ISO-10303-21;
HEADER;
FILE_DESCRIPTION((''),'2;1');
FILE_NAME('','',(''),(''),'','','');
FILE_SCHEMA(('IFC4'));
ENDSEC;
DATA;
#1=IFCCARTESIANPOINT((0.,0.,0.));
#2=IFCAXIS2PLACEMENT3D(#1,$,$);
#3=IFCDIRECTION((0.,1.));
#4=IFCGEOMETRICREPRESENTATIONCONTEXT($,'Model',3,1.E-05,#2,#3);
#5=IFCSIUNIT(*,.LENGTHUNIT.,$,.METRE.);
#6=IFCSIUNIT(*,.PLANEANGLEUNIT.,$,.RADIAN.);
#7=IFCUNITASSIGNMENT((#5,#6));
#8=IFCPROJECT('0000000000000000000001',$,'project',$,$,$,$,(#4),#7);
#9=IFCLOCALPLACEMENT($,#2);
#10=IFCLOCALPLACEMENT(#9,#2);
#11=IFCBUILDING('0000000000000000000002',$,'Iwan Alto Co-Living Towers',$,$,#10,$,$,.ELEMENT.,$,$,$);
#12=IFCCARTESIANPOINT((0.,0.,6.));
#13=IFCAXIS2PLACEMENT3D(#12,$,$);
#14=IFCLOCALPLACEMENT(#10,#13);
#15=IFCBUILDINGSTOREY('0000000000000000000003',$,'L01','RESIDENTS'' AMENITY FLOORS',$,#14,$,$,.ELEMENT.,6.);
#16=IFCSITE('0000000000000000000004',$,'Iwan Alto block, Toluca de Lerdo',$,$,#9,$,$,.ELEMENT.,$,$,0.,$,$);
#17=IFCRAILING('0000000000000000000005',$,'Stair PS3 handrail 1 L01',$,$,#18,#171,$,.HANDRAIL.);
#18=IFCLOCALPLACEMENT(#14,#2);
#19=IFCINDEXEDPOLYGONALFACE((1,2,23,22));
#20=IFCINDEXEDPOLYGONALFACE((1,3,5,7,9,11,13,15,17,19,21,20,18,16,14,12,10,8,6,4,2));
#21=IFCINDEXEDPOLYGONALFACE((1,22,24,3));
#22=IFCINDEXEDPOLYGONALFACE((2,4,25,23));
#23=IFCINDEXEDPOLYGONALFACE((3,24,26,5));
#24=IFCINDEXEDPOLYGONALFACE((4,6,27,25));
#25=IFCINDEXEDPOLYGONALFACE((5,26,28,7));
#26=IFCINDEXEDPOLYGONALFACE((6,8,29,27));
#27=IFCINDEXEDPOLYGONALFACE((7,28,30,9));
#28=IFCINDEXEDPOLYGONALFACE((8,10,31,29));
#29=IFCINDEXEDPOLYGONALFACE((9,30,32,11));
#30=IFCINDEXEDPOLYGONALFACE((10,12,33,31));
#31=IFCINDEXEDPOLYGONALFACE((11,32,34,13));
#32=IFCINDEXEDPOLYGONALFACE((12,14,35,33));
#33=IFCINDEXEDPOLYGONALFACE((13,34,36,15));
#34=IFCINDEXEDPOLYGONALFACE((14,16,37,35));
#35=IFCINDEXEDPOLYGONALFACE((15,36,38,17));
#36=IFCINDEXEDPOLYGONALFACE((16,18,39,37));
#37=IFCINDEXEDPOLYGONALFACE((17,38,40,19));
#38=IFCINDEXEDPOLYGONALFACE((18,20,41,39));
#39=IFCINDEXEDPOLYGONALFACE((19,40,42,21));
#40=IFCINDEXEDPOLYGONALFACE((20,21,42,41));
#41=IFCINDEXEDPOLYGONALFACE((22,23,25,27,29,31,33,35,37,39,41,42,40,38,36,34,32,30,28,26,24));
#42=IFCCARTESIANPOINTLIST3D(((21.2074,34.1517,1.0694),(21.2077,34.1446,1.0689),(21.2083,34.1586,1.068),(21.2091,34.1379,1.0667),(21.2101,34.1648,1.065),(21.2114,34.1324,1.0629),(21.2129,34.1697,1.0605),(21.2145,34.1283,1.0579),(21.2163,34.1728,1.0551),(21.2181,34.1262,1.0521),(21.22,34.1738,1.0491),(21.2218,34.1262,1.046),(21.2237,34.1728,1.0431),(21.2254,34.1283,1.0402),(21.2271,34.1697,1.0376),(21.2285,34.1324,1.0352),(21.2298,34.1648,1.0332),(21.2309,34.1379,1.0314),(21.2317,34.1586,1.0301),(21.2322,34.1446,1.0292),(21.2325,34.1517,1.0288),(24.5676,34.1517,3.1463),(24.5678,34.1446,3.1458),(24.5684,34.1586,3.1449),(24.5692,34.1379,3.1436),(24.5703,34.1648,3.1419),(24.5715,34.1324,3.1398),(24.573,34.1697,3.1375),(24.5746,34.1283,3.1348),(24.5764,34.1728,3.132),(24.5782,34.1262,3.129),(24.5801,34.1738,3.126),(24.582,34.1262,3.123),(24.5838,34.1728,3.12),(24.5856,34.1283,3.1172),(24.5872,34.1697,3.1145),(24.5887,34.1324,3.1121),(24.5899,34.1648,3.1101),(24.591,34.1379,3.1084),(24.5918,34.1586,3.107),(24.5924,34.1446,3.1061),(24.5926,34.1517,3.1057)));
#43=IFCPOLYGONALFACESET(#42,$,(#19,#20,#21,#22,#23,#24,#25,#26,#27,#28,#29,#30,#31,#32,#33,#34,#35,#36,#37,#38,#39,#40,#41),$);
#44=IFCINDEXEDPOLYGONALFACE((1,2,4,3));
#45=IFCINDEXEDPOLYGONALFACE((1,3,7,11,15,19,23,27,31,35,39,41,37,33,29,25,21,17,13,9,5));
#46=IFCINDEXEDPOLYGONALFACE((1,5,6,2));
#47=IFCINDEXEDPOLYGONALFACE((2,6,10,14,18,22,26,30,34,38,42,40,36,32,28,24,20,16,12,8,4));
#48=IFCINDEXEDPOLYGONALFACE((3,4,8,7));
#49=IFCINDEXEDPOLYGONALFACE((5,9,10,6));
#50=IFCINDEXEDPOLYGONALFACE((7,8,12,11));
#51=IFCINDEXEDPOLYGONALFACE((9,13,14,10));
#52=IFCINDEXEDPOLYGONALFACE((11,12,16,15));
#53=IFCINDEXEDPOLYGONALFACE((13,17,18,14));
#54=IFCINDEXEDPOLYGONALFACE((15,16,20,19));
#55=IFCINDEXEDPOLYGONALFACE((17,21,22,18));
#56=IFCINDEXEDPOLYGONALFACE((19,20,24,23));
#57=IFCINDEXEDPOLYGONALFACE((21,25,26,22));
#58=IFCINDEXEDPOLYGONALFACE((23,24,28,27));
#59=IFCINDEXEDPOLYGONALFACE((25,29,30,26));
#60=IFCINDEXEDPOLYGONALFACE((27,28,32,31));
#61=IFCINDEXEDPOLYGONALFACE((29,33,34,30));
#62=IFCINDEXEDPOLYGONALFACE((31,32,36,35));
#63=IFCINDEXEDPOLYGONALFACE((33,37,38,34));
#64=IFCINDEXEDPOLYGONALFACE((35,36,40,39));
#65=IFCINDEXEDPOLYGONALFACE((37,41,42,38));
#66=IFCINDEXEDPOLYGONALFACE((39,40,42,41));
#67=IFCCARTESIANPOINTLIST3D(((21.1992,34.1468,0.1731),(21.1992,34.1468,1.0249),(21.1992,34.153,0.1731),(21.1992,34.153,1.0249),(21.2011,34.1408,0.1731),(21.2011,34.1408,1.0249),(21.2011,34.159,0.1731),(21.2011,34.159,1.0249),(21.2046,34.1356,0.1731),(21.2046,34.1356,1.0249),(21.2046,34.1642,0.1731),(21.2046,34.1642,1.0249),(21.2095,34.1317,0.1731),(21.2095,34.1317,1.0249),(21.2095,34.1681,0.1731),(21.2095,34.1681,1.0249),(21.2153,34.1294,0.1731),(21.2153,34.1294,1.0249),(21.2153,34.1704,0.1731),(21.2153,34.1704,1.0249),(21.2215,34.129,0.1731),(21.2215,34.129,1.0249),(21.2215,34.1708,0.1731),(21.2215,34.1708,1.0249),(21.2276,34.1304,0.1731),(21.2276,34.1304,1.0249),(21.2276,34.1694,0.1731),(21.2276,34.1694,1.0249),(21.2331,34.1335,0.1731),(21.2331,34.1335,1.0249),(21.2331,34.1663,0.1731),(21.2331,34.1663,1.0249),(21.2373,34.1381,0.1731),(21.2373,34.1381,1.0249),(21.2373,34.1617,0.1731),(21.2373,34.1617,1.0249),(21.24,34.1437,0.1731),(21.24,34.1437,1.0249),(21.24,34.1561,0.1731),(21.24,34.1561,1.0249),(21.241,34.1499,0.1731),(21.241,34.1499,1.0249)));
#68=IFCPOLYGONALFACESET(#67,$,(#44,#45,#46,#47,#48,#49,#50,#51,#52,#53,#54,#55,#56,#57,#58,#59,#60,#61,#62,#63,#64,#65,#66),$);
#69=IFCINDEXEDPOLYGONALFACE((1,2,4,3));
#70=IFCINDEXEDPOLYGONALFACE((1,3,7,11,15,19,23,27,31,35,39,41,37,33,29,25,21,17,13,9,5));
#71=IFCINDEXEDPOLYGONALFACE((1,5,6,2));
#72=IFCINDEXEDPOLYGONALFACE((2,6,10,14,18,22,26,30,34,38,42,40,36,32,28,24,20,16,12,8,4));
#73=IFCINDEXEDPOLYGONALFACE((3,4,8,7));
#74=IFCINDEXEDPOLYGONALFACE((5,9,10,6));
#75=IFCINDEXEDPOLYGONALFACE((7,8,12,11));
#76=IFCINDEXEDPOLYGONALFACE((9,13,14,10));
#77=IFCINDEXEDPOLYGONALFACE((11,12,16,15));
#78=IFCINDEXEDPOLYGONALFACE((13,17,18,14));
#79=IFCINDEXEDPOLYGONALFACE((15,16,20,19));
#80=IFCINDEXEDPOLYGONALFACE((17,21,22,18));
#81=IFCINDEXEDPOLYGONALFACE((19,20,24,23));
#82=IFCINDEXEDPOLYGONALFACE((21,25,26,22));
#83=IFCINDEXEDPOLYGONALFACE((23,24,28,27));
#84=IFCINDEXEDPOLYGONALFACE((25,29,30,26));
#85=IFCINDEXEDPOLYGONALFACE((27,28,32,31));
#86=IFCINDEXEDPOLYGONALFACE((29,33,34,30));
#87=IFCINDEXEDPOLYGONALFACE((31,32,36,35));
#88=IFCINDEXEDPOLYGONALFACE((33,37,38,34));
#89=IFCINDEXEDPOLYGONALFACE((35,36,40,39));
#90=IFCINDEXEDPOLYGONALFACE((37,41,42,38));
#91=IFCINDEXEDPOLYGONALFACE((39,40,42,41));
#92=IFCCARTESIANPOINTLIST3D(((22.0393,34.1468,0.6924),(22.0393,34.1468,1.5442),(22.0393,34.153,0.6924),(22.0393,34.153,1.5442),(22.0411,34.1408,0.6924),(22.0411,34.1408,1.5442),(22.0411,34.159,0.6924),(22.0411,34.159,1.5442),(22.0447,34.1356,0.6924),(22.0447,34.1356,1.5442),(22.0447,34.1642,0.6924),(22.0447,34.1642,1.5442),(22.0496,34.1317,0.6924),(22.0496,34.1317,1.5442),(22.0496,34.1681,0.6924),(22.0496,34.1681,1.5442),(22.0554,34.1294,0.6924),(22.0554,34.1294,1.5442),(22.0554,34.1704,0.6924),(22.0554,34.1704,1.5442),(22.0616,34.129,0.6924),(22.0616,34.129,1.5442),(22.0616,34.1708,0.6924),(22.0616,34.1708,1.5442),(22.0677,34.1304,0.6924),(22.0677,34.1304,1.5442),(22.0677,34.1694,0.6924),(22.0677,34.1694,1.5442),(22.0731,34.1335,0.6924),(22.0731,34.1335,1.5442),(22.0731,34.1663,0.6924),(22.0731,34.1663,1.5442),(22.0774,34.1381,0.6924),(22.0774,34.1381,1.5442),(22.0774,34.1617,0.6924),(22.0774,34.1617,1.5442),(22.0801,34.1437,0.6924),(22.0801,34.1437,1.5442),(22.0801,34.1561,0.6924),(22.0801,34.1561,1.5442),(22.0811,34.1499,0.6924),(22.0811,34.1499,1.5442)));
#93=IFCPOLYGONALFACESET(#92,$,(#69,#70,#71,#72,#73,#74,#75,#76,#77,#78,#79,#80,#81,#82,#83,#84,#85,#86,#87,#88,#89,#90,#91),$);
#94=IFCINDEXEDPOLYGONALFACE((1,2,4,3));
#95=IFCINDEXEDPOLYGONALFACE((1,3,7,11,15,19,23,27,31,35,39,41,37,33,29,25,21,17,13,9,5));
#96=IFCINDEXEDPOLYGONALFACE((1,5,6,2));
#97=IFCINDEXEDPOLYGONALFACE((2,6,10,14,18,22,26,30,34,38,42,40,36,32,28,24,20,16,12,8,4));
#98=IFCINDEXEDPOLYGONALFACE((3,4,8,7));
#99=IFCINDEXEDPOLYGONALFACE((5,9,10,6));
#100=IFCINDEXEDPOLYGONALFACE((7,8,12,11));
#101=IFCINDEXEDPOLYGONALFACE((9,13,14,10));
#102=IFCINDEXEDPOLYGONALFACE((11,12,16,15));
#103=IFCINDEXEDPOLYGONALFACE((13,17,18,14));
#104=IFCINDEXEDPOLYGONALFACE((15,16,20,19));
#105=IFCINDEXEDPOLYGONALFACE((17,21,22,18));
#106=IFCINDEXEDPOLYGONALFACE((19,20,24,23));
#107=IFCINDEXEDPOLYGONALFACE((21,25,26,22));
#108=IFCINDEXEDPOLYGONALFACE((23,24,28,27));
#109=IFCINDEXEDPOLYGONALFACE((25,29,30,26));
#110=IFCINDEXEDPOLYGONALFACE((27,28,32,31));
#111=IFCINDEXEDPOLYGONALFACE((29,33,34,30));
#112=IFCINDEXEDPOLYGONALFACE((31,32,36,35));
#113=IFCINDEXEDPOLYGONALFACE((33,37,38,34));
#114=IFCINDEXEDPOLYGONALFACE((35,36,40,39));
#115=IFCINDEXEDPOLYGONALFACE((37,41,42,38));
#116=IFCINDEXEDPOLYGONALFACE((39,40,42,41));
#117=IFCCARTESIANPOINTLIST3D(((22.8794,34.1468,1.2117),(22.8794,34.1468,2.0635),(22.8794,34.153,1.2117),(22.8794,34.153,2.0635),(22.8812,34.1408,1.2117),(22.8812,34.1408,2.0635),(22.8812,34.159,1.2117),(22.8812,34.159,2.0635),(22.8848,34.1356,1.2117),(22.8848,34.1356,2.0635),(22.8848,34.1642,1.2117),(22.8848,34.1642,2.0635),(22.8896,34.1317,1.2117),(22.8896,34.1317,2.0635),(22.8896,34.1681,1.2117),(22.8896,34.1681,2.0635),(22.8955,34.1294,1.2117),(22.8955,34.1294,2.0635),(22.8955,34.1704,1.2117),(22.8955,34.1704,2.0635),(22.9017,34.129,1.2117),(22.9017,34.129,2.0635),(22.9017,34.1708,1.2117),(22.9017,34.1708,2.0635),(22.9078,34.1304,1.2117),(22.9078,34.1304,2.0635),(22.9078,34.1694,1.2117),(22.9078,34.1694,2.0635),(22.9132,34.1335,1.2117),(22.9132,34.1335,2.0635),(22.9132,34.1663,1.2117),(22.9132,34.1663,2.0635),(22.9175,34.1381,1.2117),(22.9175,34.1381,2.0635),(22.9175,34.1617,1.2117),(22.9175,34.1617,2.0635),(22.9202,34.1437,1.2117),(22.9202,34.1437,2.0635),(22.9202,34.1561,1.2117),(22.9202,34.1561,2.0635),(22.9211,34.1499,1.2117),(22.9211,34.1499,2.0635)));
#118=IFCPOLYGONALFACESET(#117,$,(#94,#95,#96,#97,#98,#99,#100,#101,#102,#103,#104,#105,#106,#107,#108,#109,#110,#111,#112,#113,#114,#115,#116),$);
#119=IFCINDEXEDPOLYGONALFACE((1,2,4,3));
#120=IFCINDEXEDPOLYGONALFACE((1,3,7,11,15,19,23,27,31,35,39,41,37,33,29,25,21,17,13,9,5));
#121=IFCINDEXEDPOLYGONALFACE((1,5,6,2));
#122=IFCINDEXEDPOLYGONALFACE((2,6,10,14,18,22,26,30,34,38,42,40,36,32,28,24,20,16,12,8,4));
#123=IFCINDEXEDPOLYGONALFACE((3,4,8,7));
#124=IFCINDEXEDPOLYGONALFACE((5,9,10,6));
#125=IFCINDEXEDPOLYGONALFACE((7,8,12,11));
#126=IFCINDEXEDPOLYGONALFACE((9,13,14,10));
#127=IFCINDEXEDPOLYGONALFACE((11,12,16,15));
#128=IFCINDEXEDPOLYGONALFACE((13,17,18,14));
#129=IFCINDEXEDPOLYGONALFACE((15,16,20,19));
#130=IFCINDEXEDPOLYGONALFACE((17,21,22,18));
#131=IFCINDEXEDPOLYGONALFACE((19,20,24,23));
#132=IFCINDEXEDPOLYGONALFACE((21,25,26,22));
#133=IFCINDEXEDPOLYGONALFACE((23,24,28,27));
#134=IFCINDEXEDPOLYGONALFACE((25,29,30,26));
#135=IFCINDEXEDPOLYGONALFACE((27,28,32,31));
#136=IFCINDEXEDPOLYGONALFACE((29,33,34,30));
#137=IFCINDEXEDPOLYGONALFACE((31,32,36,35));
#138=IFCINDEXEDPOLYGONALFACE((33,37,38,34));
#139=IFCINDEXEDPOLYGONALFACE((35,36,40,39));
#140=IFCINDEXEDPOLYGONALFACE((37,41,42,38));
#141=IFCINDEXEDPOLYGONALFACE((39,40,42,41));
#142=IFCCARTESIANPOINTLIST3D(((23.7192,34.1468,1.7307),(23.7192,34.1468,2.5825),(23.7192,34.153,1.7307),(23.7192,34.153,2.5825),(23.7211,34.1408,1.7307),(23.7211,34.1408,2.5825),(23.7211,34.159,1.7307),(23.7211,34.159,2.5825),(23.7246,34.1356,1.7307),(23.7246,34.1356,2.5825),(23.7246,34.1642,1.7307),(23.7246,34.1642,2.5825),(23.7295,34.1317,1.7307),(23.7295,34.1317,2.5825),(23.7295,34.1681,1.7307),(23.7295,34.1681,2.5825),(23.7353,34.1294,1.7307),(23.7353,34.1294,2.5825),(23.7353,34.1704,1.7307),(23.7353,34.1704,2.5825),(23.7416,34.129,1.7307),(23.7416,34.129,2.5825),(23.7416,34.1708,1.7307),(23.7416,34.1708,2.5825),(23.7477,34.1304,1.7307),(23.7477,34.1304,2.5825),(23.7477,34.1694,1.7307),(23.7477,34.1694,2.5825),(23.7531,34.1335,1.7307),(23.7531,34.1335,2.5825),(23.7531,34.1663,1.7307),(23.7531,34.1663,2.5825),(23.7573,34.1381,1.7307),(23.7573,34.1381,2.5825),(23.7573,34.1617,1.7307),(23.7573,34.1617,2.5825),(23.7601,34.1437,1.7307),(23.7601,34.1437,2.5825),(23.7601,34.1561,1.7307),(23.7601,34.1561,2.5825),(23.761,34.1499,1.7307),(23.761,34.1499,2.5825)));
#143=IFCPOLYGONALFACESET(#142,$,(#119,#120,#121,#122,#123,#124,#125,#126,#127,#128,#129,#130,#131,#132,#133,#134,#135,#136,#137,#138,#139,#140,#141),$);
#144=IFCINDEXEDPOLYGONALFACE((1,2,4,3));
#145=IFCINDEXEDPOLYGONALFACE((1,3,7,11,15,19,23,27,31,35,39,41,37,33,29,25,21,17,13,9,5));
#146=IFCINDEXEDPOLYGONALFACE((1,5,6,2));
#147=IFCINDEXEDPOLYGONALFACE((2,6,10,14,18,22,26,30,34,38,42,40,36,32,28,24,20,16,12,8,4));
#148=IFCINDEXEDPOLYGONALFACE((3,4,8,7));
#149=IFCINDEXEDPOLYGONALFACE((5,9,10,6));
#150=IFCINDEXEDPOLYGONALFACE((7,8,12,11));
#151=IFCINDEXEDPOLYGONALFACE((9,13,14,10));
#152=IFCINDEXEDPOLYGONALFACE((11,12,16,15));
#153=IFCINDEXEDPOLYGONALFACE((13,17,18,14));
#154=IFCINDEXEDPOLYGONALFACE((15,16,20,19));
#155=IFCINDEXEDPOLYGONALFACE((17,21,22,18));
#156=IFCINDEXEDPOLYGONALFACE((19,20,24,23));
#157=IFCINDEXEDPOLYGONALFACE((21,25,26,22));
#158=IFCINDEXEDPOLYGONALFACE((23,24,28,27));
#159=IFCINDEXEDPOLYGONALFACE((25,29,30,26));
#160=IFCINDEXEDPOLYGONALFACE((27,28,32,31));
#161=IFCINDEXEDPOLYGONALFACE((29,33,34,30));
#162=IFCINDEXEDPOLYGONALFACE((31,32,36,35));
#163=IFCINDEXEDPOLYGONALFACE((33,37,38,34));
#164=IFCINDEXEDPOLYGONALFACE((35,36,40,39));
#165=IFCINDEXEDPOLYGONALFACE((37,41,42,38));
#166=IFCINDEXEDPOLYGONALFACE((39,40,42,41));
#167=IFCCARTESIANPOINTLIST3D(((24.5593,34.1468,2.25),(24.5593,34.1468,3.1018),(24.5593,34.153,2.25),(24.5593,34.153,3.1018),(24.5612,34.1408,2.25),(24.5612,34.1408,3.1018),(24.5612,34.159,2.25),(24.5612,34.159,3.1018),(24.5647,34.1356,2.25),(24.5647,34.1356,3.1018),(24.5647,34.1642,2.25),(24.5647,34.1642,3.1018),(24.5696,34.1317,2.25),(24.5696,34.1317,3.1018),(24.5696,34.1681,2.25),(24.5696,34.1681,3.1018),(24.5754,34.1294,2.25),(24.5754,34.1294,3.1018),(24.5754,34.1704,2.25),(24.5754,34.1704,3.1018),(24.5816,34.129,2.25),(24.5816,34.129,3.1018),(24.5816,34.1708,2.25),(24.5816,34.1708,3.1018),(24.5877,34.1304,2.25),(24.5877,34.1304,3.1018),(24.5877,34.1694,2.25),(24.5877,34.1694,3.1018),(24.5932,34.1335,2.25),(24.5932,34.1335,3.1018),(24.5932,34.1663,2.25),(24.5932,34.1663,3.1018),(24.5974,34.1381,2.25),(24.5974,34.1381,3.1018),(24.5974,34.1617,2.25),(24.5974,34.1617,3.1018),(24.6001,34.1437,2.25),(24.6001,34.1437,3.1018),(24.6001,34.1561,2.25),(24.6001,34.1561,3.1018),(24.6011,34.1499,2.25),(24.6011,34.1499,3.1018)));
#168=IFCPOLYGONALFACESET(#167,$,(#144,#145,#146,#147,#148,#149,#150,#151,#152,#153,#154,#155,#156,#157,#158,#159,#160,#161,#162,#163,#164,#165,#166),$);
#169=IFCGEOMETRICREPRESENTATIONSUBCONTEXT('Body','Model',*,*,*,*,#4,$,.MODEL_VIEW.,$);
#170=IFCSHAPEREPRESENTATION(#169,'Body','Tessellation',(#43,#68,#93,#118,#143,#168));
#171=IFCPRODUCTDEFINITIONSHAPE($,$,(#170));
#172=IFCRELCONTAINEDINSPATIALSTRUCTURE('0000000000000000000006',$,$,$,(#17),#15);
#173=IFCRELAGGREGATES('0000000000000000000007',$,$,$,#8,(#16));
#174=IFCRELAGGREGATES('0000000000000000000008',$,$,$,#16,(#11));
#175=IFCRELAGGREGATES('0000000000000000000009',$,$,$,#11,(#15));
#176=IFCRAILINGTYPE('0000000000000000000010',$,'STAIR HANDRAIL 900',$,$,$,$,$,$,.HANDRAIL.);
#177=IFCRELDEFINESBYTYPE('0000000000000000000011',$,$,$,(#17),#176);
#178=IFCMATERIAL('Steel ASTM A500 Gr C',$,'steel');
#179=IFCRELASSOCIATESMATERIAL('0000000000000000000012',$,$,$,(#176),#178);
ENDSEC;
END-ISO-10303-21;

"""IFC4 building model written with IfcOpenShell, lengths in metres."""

from ifc_helpers import new_model, si_unit, direction, frame, origin, origin_2d, place, context, subcontext, project, spatial, circle, extrude, material, type_object, element, save


model = new_model("IFC4")

# Units and contexts
model_context = context("Model", 3, precision=1e-05, world=origin(), true_north=direction((0.0, 1.0)))
body_context = subcontext(model_context, "Body", "Model", "MODEL_VIEW")
ifc_project = project(units=[si_unit("LENGTHUNIT", "METRE"), si_unit("PLANEANGLEUNIT", "RADIAN")], contexts=[model_context])

# Site, building, storey
site_placement = place(None, origin())
site = spatial("IfcSite", under=ifc_project, at=site_placement, Name="Iwan Alto block, Toluca de Lerdo", CompositionType="ELEMENT", RefElevation=0.0)
building_placement = place(site_placement, origin())
building = spatial("IfcBuilding", under=site, at=building_placement, Name="Iwan Alto Co-Living Towers", CompositionType="ELEMENT")
storey_placement = place(building_placement, frame((0.0, 0.0, 6.0)))
storey = spatial("IfcBuildingStorey", under=building, at=storey_placement, Name="L01", Description="RESIDENTS' AMENITY FLOORS", CompositionType="ELEMENT", Elevation=6.0)

# Railing
ifc_material_1 = material(Name="Steel ASTM A500 Gr C", Category="steel")
railing_type_1 = type_object("IfcRailingType", Name="STAIR HANDRAIL 900", PredefinedType="HANDRAIL", material=ifc_material_1)
railing_1_placement = place(storey_placement, frame((21.22, 34.1499, 0.1731)))
element("IfcRailing", 1, at=railing_1_placement, inside=storey, type_object=railing_type_1, Name="Stair PS3 handrail 1 L01", PredefinedType="HANDRAIL", context=body_context, shape_type="SweptSolid", body=[
    extrude(circle(Radius=0.0239, at=origin_2d()), frame((0.0, 0.0, 0.876), z_axis=(0.850623, 0.0, 0.525776), x_axis=(0.0, 1.0, 0.0)), (0.0, 0.0, 1.0), 3.9502),
    extrude(circle(Radius=0.021, at=origin_2d()), origin(), (0.0, 0.0, 1.0), 0.8518),
    extrude(circle(Radius=0.021, at=origin_2d()), frame((0.8401, 0.0, 0.5193)), (0.0, 0.0, 1.0), 0.8518),
    extrude(circle(Radius=0.021, at=origin_2d()), frame((1.6802, 0.0, 1.0386)), (0.0, 0.0, 1.0), 0.8518),
    extrude(circle(Radius=0.021, at=origin_2d()), frame((2.52, 0.0, 1.5576)), (0.0, 0.0, 1.0), 0.8518),
    extrude(circle(Radius=0.021, at=origin_2d()), frame((3.3601, 0.0, 2.0769)), (0.0, 0.0, 1.0), 0.8518),
])

save(model, "model.ifc")
